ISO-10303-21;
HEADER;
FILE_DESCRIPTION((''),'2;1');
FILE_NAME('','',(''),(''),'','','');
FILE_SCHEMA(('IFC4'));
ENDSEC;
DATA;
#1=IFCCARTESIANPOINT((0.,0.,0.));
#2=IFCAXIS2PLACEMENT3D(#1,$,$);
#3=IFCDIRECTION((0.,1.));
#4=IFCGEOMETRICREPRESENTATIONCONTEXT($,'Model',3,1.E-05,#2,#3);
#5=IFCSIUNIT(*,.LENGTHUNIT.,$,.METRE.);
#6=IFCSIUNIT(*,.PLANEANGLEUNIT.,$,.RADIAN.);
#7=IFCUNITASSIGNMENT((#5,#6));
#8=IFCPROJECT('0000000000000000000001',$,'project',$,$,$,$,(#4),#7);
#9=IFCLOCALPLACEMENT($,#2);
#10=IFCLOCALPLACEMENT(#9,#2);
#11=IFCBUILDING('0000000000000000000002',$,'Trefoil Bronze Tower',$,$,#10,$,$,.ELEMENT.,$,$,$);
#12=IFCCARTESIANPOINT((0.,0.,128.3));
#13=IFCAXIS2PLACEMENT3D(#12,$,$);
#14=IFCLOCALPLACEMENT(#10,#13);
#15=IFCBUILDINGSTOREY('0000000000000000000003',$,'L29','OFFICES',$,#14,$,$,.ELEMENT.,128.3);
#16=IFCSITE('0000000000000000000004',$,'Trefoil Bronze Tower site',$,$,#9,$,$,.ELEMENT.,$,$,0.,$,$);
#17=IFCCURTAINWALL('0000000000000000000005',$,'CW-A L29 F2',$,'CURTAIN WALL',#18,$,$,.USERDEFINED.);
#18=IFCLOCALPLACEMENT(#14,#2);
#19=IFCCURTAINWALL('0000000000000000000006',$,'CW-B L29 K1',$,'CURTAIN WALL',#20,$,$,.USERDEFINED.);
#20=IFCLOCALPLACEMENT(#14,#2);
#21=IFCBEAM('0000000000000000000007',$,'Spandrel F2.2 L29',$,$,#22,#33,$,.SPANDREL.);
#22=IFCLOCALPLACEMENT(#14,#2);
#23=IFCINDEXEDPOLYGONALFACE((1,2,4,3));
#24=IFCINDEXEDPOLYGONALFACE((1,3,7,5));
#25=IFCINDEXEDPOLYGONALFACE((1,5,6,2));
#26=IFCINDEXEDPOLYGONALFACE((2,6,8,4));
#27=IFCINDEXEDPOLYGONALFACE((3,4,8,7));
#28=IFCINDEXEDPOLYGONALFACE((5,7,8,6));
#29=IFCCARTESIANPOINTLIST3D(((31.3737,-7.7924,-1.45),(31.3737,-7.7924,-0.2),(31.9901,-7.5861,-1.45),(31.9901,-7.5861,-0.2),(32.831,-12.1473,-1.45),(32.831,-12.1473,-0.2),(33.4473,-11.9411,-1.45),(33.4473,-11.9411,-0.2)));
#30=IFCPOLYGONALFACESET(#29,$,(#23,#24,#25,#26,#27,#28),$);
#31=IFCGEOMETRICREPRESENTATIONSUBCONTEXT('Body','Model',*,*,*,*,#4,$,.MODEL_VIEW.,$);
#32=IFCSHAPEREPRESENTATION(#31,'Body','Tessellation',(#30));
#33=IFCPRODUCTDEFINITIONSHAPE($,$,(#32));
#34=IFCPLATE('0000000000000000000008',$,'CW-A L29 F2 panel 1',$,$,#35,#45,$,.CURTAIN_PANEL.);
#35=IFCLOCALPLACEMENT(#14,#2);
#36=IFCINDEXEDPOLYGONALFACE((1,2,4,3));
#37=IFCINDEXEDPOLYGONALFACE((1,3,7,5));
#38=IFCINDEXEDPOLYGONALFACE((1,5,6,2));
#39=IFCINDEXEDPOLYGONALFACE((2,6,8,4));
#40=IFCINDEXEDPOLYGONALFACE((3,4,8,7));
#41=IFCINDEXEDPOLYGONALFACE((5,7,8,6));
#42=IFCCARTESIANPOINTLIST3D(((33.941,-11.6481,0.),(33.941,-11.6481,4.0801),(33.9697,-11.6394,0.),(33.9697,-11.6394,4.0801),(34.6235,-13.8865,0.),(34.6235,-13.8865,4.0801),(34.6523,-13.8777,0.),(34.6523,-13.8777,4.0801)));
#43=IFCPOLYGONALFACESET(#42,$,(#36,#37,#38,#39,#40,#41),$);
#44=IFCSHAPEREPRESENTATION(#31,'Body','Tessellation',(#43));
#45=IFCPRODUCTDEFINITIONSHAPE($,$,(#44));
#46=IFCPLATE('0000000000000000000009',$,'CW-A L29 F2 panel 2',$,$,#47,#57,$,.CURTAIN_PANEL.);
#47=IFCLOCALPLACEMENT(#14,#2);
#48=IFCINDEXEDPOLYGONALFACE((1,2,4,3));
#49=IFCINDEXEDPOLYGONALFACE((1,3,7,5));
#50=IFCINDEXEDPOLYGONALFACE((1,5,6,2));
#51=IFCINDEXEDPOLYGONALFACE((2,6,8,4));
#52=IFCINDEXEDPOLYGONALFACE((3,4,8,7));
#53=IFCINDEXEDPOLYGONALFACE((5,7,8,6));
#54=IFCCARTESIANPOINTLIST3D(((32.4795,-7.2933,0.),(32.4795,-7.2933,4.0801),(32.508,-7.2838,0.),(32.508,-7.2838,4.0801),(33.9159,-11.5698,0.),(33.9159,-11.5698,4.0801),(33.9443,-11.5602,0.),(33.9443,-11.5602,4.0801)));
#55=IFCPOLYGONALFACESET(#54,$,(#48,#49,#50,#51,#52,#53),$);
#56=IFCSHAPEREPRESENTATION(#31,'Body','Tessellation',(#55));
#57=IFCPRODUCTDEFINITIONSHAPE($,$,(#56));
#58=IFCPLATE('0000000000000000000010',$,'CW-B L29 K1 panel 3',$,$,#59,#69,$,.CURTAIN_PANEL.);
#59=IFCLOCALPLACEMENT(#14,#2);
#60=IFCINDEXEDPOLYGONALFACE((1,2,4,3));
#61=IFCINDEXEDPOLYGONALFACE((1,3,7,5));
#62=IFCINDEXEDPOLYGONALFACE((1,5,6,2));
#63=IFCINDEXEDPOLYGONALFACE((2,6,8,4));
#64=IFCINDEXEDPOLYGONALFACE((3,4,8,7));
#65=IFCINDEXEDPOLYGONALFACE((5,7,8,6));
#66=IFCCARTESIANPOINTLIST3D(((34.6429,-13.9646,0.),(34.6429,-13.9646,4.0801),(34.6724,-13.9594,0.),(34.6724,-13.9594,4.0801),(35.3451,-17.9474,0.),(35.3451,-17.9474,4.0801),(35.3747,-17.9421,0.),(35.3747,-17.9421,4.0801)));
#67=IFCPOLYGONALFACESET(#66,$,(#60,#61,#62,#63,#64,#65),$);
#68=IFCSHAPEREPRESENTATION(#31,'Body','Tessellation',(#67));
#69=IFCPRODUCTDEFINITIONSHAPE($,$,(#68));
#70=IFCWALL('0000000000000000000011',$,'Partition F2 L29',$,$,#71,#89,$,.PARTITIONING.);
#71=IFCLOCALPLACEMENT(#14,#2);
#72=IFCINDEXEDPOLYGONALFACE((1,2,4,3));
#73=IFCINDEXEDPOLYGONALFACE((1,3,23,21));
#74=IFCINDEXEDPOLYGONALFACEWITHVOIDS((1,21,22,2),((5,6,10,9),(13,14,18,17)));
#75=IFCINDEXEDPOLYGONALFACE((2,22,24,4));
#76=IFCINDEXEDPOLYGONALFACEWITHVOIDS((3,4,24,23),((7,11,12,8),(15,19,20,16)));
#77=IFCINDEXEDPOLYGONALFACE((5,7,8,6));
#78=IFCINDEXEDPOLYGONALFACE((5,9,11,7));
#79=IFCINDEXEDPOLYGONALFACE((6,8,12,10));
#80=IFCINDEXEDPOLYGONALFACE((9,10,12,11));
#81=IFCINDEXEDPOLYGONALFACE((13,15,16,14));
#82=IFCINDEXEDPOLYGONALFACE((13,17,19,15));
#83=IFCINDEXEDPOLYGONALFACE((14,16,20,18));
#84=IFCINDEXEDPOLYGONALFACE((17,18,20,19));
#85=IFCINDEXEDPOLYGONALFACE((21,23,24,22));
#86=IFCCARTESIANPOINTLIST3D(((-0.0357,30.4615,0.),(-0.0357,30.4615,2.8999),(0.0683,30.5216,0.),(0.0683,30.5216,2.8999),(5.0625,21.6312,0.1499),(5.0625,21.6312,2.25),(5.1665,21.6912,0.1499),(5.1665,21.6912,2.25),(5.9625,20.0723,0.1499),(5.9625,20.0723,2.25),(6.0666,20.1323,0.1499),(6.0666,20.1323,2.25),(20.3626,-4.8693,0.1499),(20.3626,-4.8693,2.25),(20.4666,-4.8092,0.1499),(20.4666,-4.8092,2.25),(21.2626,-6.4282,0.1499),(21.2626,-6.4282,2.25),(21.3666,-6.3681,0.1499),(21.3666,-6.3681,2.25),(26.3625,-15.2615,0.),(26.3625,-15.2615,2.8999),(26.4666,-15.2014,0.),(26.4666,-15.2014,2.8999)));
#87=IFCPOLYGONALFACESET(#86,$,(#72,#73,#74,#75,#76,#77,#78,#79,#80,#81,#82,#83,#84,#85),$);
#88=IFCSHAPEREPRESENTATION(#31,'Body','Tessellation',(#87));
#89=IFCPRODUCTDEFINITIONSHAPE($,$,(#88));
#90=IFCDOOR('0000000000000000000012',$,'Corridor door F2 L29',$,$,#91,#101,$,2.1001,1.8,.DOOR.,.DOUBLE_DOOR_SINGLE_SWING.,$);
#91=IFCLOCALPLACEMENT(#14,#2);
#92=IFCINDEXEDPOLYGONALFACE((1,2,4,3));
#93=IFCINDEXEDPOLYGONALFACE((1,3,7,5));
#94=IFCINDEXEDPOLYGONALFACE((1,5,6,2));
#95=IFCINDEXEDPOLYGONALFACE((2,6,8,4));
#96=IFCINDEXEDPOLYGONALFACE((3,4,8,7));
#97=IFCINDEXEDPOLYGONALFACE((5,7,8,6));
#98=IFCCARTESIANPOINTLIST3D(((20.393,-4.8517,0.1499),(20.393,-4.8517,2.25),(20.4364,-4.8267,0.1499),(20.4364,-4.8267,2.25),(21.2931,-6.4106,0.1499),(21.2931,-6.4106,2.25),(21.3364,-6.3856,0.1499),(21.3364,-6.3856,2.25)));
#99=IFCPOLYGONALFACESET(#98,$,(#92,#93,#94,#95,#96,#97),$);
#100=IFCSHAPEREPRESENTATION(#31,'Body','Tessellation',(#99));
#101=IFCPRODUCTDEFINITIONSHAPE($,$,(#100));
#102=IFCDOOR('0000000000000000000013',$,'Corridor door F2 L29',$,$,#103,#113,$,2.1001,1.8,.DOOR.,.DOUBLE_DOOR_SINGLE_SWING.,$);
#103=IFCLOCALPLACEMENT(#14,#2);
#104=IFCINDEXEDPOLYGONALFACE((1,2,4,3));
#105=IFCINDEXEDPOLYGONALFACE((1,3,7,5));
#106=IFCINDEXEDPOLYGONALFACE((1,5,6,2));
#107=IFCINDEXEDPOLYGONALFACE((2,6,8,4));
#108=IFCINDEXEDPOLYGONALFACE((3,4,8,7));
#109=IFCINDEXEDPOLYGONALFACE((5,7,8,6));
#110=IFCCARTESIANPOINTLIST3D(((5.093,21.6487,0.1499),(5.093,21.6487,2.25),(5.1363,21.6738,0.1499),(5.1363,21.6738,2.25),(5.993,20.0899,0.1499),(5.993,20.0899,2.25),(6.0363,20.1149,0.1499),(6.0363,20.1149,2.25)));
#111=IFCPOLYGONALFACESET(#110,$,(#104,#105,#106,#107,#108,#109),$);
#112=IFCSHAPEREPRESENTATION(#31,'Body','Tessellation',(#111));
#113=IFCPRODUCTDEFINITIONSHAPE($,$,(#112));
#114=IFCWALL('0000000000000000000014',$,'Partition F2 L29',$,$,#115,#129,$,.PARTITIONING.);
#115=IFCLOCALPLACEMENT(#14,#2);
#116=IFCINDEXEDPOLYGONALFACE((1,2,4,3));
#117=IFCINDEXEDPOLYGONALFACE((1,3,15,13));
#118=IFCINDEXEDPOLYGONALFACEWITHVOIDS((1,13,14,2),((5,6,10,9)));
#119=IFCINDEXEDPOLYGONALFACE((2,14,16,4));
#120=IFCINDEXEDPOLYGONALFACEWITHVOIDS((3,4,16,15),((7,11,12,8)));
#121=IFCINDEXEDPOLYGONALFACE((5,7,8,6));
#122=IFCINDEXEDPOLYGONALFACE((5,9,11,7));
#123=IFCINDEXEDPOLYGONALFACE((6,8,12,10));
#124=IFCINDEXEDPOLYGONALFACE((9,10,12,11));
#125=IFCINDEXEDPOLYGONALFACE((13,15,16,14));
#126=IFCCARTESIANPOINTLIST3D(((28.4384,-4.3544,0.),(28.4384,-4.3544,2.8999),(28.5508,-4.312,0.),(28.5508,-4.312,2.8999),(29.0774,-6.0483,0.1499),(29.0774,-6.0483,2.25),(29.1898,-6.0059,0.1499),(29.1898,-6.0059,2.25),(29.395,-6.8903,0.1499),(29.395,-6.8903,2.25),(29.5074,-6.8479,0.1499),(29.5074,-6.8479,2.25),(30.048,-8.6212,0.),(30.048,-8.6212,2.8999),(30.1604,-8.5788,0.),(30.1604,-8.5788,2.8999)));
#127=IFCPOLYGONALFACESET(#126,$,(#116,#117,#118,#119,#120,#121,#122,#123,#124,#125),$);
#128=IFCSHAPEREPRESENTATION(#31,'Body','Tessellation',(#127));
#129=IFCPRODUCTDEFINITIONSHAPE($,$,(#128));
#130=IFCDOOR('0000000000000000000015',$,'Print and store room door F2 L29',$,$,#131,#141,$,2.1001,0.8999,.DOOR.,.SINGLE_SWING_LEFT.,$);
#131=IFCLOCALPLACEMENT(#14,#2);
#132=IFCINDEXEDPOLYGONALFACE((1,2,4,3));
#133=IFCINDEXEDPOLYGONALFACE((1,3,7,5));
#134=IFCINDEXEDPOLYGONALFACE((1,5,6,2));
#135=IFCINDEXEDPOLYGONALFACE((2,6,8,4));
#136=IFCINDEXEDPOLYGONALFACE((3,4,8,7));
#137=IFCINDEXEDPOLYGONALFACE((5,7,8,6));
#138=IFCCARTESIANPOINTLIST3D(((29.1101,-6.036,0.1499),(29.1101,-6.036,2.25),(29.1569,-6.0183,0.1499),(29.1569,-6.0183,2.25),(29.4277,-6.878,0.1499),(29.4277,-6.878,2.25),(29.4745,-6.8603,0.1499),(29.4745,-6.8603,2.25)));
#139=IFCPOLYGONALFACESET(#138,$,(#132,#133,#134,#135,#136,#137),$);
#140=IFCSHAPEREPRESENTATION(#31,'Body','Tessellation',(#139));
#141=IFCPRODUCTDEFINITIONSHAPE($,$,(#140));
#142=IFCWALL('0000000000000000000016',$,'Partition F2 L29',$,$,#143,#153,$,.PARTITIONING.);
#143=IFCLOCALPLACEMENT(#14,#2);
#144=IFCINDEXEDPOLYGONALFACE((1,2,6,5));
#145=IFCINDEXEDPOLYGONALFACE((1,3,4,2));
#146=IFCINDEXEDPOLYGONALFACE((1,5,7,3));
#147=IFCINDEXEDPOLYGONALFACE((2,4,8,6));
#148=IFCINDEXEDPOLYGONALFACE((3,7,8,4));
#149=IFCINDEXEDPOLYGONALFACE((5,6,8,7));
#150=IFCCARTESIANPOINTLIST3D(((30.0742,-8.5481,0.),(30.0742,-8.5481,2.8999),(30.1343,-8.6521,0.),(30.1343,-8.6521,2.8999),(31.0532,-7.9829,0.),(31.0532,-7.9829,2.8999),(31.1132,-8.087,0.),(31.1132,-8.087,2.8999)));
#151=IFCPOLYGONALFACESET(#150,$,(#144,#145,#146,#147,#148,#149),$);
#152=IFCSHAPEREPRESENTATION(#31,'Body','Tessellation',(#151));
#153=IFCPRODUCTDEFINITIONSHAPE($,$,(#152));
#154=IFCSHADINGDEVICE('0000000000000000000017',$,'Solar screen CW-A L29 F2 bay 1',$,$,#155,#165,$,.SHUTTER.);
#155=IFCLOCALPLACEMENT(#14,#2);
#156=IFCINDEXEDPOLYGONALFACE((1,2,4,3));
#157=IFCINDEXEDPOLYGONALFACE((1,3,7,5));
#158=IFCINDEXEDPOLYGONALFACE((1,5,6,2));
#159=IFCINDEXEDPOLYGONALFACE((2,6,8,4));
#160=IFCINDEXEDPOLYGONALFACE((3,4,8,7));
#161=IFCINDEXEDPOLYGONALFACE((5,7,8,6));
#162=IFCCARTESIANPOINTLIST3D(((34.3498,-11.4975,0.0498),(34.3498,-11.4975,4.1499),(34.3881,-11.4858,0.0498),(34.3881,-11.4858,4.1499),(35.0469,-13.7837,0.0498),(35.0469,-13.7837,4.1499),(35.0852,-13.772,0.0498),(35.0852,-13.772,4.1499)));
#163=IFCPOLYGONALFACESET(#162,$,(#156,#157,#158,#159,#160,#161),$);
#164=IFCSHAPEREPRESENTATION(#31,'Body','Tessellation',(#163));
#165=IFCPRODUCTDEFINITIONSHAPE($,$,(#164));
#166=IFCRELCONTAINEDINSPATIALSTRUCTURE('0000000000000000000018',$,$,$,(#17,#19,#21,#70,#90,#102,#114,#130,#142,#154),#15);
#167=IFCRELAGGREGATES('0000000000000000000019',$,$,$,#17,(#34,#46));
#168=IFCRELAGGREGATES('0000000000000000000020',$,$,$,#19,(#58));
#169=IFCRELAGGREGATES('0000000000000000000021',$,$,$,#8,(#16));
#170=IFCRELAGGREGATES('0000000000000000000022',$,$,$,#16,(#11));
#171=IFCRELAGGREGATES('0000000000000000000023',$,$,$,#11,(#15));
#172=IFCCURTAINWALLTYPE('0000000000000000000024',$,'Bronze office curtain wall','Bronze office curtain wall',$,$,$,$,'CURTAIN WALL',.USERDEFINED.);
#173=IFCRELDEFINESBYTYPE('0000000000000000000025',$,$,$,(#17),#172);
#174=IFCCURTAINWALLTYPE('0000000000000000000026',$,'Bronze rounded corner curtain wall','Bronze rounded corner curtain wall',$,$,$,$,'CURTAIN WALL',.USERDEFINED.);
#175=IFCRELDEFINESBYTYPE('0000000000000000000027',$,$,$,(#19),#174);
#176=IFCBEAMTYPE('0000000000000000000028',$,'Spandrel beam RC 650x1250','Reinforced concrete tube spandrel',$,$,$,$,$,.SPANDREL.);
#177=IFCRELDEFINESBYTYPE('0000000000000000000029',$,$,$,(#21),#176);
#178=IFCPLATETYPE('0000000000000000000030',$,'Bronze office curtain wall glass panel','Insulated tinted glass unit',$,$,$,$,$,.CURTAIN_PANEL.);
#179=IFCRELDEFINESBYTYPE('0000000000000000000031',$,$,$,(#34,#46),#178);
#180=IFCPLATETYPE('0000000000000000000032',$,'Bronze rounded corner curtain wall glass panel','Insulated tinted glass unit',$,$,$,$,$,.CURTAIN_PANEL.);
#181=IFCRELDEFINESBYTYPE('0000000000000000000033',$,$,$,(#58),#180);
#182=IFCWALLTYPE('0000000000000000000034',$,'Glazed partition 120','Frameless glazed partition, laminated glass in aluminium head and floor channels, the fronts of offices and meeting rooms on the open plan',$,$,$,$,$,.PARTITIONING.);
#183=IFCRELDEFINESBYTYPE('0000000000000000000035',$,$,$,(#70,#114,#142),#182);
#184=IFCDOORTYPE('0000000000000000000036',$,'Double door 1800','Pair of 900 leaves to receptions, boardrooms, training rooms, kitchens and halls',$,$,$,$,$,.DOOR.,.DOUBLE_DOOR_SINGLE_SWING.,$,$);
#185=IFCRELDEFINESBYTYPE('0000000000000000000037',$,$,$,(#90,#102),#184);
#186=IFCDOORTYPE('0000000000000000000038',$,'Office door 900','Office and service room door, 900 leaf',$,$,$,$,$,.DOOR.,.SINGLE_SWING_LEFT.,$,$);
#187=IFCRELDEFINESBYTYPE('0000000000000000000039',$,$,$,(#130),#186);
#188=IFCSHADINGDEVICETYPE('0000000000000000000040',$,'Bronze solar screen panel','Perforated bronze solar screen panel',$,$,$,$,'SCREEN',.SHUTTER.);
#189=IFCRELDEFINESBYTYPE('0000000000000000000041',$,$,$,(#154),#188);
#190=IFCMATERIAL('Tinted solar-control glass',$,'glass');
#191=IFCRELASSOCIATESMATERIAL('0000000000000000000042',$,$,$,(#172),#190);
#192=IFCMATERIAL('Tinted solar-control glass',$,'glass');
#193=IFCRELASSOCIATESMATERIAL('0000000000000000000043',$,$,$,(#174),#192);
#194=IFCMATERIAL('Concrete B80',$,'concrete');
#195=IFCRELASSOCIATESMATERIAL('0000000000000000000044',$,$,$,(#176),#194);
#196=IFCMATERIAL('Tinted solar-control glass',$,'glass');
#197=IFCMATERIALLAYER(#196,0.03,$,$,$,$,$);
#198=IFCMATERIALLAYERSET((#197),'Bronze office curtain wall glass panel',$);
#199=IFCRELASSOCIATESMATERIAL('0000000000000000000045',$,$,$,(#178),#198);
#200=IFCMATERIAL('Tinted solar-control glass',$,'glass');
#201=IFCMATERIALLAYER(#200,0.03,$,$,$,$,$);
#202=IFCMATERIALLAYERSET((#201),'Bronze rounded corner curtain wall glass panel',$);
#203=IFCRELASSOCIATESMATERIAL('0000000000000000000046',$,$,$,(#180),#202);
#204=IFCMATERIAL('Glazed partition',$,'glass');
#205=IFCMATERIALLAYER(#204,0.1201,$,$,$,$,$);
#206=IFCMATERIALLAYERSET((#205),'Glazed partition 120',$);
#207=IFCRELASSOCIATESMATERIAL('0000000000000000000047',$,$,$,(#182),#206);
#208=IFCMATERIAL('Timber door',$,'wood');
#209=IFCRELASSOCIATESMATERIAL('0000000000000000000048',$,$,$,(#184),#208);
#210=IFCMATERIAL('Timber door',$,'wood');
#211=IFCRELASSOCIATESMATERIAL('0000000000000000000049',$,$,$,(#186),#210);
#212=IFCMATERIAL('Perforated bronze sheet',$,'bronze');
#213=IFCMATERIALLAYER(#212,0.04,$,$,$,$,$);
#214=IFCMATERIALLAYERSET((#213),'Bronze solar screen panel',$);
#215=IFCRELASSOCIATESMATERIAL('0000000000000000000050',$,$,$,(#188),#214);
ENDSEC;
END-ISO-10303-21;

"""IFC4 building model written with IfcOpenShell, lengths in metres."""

from ifc_helpers import new_model, si_unit, direction, frame, frame_2d, origin, origin_2d, place, context, subcontext, project, spatial, rectangle, extrude, material, layer, layer_set, material_profile, profile_set, type_object, element, fill, aggregate, save


model = new_model("IFC4")

# Units and contexts
model_context = context("Model", 3, precision=1e-05, world=origin(), true_north=direction((0.0, 1.0)))
body_context = subcontext(model_context, "Body", "Model", "MODEL_VIEW")
ifc_project = project(units=[si_unit("LENGTHUNIT", "METRE"), si_unit("PLANEANGLEUNIT", "RADIAN")], contexts=[model_context])

# Site, building, storey
site_placement = place(None, origin())
site = spatial("IfcSite", under=ifc_project, at=site_placement, Name="Trefoil Bronze Tower site", CompositionType="ELEMENT", RefElevation=0.0)
building_placement = place(site_placement, origin())
building = spatial("IfcBuilding", under=site, at=building_placement, Name="Trefoil Bronze Tower", CompositionType="ELEMENT")
storey_placement = place(building_placement, frame((0.0, 0.0, 128.3)))
storey = spatial("IfcBuildingStorey", under=building, at=storey_placement, Name="L29", Description="OFFICES", CompositionType="ELEMENT", Elevation=128.3)

# Curtain wall
ifc_material_1 = material(Name="Tinted solar-control glass", Category="glass")
curtain_wall_type_1 = type_object("IfcCurtainWallType", Name="Bronze office curtain wall", Description="Bronze office curtain wall", ElementType="CURTAIN WALL", PredefinedType="USERDEFINED", material=ifc_material_1)
curtain_wall_1_placement = place(storey_placement, origin())
curtain_wall_1 = element("IfcCurtainWall", 1, at=curtain_wall_1_placement, inside=storey, type_object=curtain_wall_type_1, Name="CW-A L29 F2", ObjectType="CURTAIN WALL", PredefinedType="USERDEFINED")

# Curtain wall
ifc_material_2 = material(Name="Tinted solar-control glass", Category="glass")
curtain_wall_type_2 = type_object("IfcCurtainWallType", Name="Bronze rounded corner curtain wall", Description="Bronze rounded corner curtain wall", ElementType="CURTAIN WALL", PredefinedType="USERDEFINED", material=ifc_material_2)
curtain_wall_2_placement = place(storey_placement, origin())
curtain_wall_2 = element("IfcCurtainWall", 2, at=curtain_wall_2_placement, inside=storey, type_object=curtain_wall_type_2, Name="CW-B L29 K1", ObjectType="CURTAIN WALL", PredefinedType="USERDEFINED")

# Beam
ifc_material_3 = material(Name="Concrete B80", Category="concrete")
ifc_material_profile_1 = material_profile(ifc_material_3, rectangle(XDim=0.6499, YDim=1.25, at=origin_2d()), Name="RC 650x1250")
ifc_profile_set_1 = profile_set([ifc_material_profile_1], Name="Concrete B80")
beam_type_1 = type_object("IfcBeamType", Name="Spandrel beam RC 650x1250", Description="Reinforced concrete tube spandrel", PredefinedType="SPANDREL", material=ifc_profile_set_1)
beam_1_placement = place(storey_placement, frame((33.1392, -12.0442, -0.825), z_axis=(-0.317328, 0.948316, 0.0), x_axis=(-0.948316, -0.317328, 0.0)))
element("IfcBeam", 3, at=beam_1_placement, inside=storey, type_object=beam_type_1, Name="Spandrel F2.2 L29", PredefinedType="SPANDREL", context=body_context, shape_type="SweptSolid", body=[
    extrude(rectangle(XDim=0.6499, YDim=1.25, at=origin_2d()), origin(), (0.0, 0.0, 1.0), 4.5923),
])

# Plates
ifc_material_4 = material(Name="Tinted solar-control glass", Category="glass")
ifc_layer_1 = layer(ifc_material_4, 0.03)
ifc_layer_set_1 = layer_set([ifc_layer_1], Name="Bronze office curtain wall glass panel")
plate_type_1 = type_object("IfcPlateType", Name="Bronze office curtain wall glass panel", Description="Insulated tinted glass unit", PredefinedType="CURTAIN_PANEL", material=ifc_layer_set_1)
plate_1_placement = place(storey_placement, frame((34.2966, -12.7629, 0.0), z_axis=(0.0, 0.0, 1.0), x_axis=(-0.291669, 0.956519, 0.0)))
plate_1 = element("IfcPlate", 4, at=plate_1_placement, type_object=plate_type_1, Name="CW-A L29 F2 panel 1", PredefinedType="CURTAIN_PANEL", context=body_context, shape_type="SweptSolid", body=[
    extrude(rectangle(XDim=2.3401, YDim=0.03, at=origin_2d()), origin(), (0.0, 0.0, 1.0), 4.0801),
])
plate_2_placement = place(storey_placement, frame((33.2119, -9.4268, 0.0), z_axis=(0.0, 0.0, 1.0), x_axis=(-0.318404, 0.947955, 0.0)))
plate_2 = element("IfcPlate", 5, at=plate_2_placement, type_object=plate_type_1, Name="CW-A L29 F2 panel 2", PredefinedType="CURTAIN_PANEL", context=body_context, shape_type="SweptSolid", body=[
    extrude(rectangle(XDim=4.5112, YDim=0.03, at=origin_2d()), origin(), (0.0, 0.0, 1.0), 4.0801),
])
aggregate(curtain_wall_1, [plate_1, plate_2])
ifc_material_5 = material(Name="Tinted solar-control glass", Category="glass")
ifc_layer_2 = layer(ifc_material_5, 0.03)
ifc_layer_set_2 = layer_set([ifc_layer_2], Name="Bronze rounded corner curtain wall glass panel")
plate_type_2 = type_object("IfcPlateType", Name="Bronze rounded corner curtain wall glass panel", Description="Insulated tinted glass unit", PredefinedType="CURTAIN_PANEL", material=ifc_layer_set_2)
plate_3_placement = place(storey_placement, frame((35.0088, -15.9534, 0.0), z_axis=(0.0, 0.0, 1.0), x_axis=(-0.173648, 0.984808, 0.0)))
plate_3 = element("IfcPlate", 6, at=plate_3_placement, type_object=plate_type_2, Name="CW-B L29 K1 panel 3", PredefinedType="CURTAIN_PANEL", context=body_context, shape_type="SweptSolid", body=[
    extrude(rectangle(XDim=4.0442, YDim=0.03, at=origin_2d()), origin(), (0.0, 0.0, 1.0), 4.0801),
])
aggregate(curtain_wall_2, [plate_3])

# Wall, openings, doors
ifc_material_6 = material(Name="Glazed partition", Category="glass")
ifc_layer_3 = layer(ifc_material_6, 0.1201)
ifc_layer_set_3 = layer_set([ifc_layer_3], Name="Glazed partition 120")
wall_type = type_object("IfcWallType", Name="Glazed partition 120", Description="Frameless glazed partition, laminated glass in aluminium head and floor channels, the fronts of offices and meeting rooms on the open plan", PredefinedType="PARTITIONING", material=ifc_layer_set_3)
wall_1_placement = place(storey_placement, frame((26.4146, -15.2314, 0.0), z_axis=(0.0, 0.0, 1.0), x_axis=(-0.500001, 0.866025, 0.0)))
wall_1 = element("IfcWall", 7, at=wall_1_placement, inside=storey, type_object=wall_type, Name="Partition F2 L29", PredefinedType="PARTITIONING", context=body_context, shape_type="SweptSolid", body=[
    extrude(rectangle(XDim=52.7964, YDim=0.1201, at=frame_2d((26.3982, 0.0))), origin(), (0.0, 0.0, 1.0), 2.8999),
])
opening_1_placement = place(wall_1_placement, frame((10.2, 0.0, 0.1499)))
opening_1 = element("IfcOpeningElement", 8, at=opening_1_placement, cuts=wall_1, PredefinedType="OPENING", context=body_context, shape_type="SweptSolid", body=[
    extrude(rectangle(XDim=1.8, YDim=2.1001, at=frame_2d((0.8999, 1.05))), frame((0.0, 0.0701, 0.0), z_axis=(0.0, -1.0, 0.0), x_axis=(1.0, 0.0, 0.0)), (0.0, 0.0, 1.0), 0.1401),
])
opening_2_placement = place(wall_1_placement, frame((40.8, 0.0, 0.1499)))
opening_2 = element("IfcOpeningElement", 9, at=opening_2_placement, cuts=wall_1, PredefinedType="OPENING", context=body_context, shape_type="SweptSolid", body=[
    extrude(rectangle(XDim=1.8, YDim=2.1001, at=frame_2d((0.8999, 1.05))), frame((0.0, 0.0701, 0.0), z_axis=(0.0, -1.0, 0.0), x_axis=(1.0, 0.0, 0.0)), (0.0, 0.0, 1.0), 0.1401),
])
ifc_material_7 = material(Name="Timber door", Category="wood")
door_type_1 = type_object("IfcDoorType", Name="Double door 1800", Description="Pair of 900 leaves to receptions, boardrooms, training rooms, kitchens and halls", OperationType="DOUBLE_DOOR_SINGLE_SWING", PredefinedType="DOOR", material=ifc_material_7)
door_1_placement = place(opening_1_placement, origin())
door_1 = element("IfcDoor", 10, at=door_1_placement, inside=storey, type_object=door_type_1, Name="Corridor door F2 L29", OperationType="DOUBLE_DOOR_SINGLE_SWING", OverallHeight=2.1001, OverallWidth=1.8, PredefinedType="DOOR", context=body_context, shape_type="SweptSolid", body=[
    extrude(rectangle(XDim=1.8, YDim=2.1001, at=frame_2d((0.8999, 1.05))), frame((0.0, 0.0249, 0.0), z_axis=(0.0, -1.0, 0.0), x_axis=(1.0, 0.0, 0.0)), (0.0, 0.0, 1.0), 0.05),
])
fill(opening_1, door_1)
door_2_placement = place(opening_2_placement, origin())
door_2 = element("IfcDoor", 11, at=door_2_placement, inside=storey, type_object=door_type_1, Name="Corridor door F2 L29", OperationType="DOUBLE_DOOR_SINGLE_SWING", OverallHeight=2.1001, OverallWidth=1.8, PredefinedType="DOOR", context=body_context, shape_type="SweptSolid", body=[
    extrude(rectangle(XDim=1.8, YDim=2.1001, at=frame_2d((0.8999, 1.05))), frame((0.0, 0.0249, 0.0), z_axis=(0.0, -1.0, 0.0), x_axis=(1.0, 0.0, 0.0)), (0.0, 0.0, 1.0), 0.05),
])
fill(opening_2, door_2)

# Wall, opening, door
wall_2_placement = place(storey_placement, frame((30.1042, -8.6001, 0.0), z_axis=(0.0, 0.0, 1.0), x_axis=(-0.352959, 0.935639, 0.0)))
wall_2 = element("IfcWall", 12, at=wall_2_placement, inside=storey, type_object=wall_type, Name="Partition F2 L29", PredefinedType="PARTITIONING", context=body_context, shape_type="SweptSolid", body=[
    extrude(rectangle(XDim=4.5603, YDim=0.1201, at=frame_2d((2.2803, 0.0))), origin(), (0.0, 0.0, 1.0), 2.8999),
])
opening_3_placement = place(wall_2_placement, frame((1.8501, 0.0, 0.1499)))
opening_3 = element("IfcOpeningElement", 13, at=opening_3_placement, cuts=wall_2, PredefinedType="OPENING", context=body_context, shape_type="SweptSolid", body=[
    extrude(rectangle(XDim=0.8999, YDim=2.1001, at=frame_2d((0.45, 1.05))), frame((0.0, 0.0701, 0.0), z_axis=(0.0, -1.0, 0.0), x_axis=(1.0, 0.0, 0.0)), (0.0, 0.0, 1.0), 0.1401),
])
ifc_material_8 = material(Name="Timber door", Category="wood")
door_type_2 = type_object("IfcDoorType", Name="Office door 900", Description="Office and service room door, 900 leaf", OperationType="SINGLE_SWING_LEFT", PredefinedType="DOOR", material=ifc_material_8)
door_3_placement = place(opening_3_placement, frame((0.8999, 0.0, 0.0), z_axis=(0.0, 0.0, 1.0), x_axis=(-1.0, 0.0, 0.0)))
door_3 = element("IfcDoor", 14, at=door_3_placement, inside=storey, type_object=door_type_2, Name="Print and store room door F2 L29", OperationType="SINGLE_SWING_LEFT", OverallHeight=2.1001, OverallWidth=0.8999, PredefinedType="DOOR", context=body_context, shape_type="SweptSolid", body=[
    extrude(rectangle(XDim=0.8999, YDim=2.1001, at=frame_2d((0.45, 1.05))), frame((0.0, 0.0249, 0.0), z_axis=(0.0, -1.0, 0.0), x_axis=(1.0, 0.0, 0.0)), (0.0, 0.0, 1.0), 0.05),
])
fill(opening_3, door_3)

# Wall
wall_3_placement = place(storey_placement, frame((30.1042, -8.6001, 0.0), z_axis=(0.0, 0.0, 1.0), x_axis=(0.866042, 0.499972, 0.0)))
element("IfcWall", 15, at=wall_3_placement, inside=storey, type_object=wall_type, Name="Partition F2 L29", PredefinedType="PARTITIONING", context=body_context, shape_type="SweptSolid", body=[
    extrude(rectangle(XDim=1.1304, YDim=0.1201, at=frame_2d((0.5652, 0.0))), origin(), (0.0, 0.0, 1.0), 2.8999),
])

# Shading device
ifc_material_9 = material(Name="Perforated bronze sheet", Category="bronze")
ifc_layer_4 = layer(ifc_material_9, 0.04)
ifc_layer_set_4 = layer_set([ifc_layer_4], Name="Bronze solar screen panel")
shading_device_type = type_object("IfcShadingDeviceType", Name="Bronze solar screen panel", Description="Perforated bronze solar screen panel", ElementType="SCREEN", PredefinedType="SHUTTER", material=ifc_layer_set_4)
shading_device_1_placement = place(storey_placement, frame((34.7175, -12.6348, 0.0498), z_axis=(0.0, 0.0, 1.0), x_axis=(-0.291669, 0.956519, 0.0)))
element("IfcShadingDevice", 16, at=shading_device_1_placement, inside=storey, type_object=shading_device_type, Name="Solar screen CW-A L29 F2 bay 1", PredefinedType="SHUTTER", context=body_context, shape_type="SweptSolid", body=[
    extrude(rectangle(XDim=2.3901, YDim=0.04, at=origin_2d()), origin(), (0.0, 0.0, 1.0), 4.1001),
])

save(model, "model.ifc")
